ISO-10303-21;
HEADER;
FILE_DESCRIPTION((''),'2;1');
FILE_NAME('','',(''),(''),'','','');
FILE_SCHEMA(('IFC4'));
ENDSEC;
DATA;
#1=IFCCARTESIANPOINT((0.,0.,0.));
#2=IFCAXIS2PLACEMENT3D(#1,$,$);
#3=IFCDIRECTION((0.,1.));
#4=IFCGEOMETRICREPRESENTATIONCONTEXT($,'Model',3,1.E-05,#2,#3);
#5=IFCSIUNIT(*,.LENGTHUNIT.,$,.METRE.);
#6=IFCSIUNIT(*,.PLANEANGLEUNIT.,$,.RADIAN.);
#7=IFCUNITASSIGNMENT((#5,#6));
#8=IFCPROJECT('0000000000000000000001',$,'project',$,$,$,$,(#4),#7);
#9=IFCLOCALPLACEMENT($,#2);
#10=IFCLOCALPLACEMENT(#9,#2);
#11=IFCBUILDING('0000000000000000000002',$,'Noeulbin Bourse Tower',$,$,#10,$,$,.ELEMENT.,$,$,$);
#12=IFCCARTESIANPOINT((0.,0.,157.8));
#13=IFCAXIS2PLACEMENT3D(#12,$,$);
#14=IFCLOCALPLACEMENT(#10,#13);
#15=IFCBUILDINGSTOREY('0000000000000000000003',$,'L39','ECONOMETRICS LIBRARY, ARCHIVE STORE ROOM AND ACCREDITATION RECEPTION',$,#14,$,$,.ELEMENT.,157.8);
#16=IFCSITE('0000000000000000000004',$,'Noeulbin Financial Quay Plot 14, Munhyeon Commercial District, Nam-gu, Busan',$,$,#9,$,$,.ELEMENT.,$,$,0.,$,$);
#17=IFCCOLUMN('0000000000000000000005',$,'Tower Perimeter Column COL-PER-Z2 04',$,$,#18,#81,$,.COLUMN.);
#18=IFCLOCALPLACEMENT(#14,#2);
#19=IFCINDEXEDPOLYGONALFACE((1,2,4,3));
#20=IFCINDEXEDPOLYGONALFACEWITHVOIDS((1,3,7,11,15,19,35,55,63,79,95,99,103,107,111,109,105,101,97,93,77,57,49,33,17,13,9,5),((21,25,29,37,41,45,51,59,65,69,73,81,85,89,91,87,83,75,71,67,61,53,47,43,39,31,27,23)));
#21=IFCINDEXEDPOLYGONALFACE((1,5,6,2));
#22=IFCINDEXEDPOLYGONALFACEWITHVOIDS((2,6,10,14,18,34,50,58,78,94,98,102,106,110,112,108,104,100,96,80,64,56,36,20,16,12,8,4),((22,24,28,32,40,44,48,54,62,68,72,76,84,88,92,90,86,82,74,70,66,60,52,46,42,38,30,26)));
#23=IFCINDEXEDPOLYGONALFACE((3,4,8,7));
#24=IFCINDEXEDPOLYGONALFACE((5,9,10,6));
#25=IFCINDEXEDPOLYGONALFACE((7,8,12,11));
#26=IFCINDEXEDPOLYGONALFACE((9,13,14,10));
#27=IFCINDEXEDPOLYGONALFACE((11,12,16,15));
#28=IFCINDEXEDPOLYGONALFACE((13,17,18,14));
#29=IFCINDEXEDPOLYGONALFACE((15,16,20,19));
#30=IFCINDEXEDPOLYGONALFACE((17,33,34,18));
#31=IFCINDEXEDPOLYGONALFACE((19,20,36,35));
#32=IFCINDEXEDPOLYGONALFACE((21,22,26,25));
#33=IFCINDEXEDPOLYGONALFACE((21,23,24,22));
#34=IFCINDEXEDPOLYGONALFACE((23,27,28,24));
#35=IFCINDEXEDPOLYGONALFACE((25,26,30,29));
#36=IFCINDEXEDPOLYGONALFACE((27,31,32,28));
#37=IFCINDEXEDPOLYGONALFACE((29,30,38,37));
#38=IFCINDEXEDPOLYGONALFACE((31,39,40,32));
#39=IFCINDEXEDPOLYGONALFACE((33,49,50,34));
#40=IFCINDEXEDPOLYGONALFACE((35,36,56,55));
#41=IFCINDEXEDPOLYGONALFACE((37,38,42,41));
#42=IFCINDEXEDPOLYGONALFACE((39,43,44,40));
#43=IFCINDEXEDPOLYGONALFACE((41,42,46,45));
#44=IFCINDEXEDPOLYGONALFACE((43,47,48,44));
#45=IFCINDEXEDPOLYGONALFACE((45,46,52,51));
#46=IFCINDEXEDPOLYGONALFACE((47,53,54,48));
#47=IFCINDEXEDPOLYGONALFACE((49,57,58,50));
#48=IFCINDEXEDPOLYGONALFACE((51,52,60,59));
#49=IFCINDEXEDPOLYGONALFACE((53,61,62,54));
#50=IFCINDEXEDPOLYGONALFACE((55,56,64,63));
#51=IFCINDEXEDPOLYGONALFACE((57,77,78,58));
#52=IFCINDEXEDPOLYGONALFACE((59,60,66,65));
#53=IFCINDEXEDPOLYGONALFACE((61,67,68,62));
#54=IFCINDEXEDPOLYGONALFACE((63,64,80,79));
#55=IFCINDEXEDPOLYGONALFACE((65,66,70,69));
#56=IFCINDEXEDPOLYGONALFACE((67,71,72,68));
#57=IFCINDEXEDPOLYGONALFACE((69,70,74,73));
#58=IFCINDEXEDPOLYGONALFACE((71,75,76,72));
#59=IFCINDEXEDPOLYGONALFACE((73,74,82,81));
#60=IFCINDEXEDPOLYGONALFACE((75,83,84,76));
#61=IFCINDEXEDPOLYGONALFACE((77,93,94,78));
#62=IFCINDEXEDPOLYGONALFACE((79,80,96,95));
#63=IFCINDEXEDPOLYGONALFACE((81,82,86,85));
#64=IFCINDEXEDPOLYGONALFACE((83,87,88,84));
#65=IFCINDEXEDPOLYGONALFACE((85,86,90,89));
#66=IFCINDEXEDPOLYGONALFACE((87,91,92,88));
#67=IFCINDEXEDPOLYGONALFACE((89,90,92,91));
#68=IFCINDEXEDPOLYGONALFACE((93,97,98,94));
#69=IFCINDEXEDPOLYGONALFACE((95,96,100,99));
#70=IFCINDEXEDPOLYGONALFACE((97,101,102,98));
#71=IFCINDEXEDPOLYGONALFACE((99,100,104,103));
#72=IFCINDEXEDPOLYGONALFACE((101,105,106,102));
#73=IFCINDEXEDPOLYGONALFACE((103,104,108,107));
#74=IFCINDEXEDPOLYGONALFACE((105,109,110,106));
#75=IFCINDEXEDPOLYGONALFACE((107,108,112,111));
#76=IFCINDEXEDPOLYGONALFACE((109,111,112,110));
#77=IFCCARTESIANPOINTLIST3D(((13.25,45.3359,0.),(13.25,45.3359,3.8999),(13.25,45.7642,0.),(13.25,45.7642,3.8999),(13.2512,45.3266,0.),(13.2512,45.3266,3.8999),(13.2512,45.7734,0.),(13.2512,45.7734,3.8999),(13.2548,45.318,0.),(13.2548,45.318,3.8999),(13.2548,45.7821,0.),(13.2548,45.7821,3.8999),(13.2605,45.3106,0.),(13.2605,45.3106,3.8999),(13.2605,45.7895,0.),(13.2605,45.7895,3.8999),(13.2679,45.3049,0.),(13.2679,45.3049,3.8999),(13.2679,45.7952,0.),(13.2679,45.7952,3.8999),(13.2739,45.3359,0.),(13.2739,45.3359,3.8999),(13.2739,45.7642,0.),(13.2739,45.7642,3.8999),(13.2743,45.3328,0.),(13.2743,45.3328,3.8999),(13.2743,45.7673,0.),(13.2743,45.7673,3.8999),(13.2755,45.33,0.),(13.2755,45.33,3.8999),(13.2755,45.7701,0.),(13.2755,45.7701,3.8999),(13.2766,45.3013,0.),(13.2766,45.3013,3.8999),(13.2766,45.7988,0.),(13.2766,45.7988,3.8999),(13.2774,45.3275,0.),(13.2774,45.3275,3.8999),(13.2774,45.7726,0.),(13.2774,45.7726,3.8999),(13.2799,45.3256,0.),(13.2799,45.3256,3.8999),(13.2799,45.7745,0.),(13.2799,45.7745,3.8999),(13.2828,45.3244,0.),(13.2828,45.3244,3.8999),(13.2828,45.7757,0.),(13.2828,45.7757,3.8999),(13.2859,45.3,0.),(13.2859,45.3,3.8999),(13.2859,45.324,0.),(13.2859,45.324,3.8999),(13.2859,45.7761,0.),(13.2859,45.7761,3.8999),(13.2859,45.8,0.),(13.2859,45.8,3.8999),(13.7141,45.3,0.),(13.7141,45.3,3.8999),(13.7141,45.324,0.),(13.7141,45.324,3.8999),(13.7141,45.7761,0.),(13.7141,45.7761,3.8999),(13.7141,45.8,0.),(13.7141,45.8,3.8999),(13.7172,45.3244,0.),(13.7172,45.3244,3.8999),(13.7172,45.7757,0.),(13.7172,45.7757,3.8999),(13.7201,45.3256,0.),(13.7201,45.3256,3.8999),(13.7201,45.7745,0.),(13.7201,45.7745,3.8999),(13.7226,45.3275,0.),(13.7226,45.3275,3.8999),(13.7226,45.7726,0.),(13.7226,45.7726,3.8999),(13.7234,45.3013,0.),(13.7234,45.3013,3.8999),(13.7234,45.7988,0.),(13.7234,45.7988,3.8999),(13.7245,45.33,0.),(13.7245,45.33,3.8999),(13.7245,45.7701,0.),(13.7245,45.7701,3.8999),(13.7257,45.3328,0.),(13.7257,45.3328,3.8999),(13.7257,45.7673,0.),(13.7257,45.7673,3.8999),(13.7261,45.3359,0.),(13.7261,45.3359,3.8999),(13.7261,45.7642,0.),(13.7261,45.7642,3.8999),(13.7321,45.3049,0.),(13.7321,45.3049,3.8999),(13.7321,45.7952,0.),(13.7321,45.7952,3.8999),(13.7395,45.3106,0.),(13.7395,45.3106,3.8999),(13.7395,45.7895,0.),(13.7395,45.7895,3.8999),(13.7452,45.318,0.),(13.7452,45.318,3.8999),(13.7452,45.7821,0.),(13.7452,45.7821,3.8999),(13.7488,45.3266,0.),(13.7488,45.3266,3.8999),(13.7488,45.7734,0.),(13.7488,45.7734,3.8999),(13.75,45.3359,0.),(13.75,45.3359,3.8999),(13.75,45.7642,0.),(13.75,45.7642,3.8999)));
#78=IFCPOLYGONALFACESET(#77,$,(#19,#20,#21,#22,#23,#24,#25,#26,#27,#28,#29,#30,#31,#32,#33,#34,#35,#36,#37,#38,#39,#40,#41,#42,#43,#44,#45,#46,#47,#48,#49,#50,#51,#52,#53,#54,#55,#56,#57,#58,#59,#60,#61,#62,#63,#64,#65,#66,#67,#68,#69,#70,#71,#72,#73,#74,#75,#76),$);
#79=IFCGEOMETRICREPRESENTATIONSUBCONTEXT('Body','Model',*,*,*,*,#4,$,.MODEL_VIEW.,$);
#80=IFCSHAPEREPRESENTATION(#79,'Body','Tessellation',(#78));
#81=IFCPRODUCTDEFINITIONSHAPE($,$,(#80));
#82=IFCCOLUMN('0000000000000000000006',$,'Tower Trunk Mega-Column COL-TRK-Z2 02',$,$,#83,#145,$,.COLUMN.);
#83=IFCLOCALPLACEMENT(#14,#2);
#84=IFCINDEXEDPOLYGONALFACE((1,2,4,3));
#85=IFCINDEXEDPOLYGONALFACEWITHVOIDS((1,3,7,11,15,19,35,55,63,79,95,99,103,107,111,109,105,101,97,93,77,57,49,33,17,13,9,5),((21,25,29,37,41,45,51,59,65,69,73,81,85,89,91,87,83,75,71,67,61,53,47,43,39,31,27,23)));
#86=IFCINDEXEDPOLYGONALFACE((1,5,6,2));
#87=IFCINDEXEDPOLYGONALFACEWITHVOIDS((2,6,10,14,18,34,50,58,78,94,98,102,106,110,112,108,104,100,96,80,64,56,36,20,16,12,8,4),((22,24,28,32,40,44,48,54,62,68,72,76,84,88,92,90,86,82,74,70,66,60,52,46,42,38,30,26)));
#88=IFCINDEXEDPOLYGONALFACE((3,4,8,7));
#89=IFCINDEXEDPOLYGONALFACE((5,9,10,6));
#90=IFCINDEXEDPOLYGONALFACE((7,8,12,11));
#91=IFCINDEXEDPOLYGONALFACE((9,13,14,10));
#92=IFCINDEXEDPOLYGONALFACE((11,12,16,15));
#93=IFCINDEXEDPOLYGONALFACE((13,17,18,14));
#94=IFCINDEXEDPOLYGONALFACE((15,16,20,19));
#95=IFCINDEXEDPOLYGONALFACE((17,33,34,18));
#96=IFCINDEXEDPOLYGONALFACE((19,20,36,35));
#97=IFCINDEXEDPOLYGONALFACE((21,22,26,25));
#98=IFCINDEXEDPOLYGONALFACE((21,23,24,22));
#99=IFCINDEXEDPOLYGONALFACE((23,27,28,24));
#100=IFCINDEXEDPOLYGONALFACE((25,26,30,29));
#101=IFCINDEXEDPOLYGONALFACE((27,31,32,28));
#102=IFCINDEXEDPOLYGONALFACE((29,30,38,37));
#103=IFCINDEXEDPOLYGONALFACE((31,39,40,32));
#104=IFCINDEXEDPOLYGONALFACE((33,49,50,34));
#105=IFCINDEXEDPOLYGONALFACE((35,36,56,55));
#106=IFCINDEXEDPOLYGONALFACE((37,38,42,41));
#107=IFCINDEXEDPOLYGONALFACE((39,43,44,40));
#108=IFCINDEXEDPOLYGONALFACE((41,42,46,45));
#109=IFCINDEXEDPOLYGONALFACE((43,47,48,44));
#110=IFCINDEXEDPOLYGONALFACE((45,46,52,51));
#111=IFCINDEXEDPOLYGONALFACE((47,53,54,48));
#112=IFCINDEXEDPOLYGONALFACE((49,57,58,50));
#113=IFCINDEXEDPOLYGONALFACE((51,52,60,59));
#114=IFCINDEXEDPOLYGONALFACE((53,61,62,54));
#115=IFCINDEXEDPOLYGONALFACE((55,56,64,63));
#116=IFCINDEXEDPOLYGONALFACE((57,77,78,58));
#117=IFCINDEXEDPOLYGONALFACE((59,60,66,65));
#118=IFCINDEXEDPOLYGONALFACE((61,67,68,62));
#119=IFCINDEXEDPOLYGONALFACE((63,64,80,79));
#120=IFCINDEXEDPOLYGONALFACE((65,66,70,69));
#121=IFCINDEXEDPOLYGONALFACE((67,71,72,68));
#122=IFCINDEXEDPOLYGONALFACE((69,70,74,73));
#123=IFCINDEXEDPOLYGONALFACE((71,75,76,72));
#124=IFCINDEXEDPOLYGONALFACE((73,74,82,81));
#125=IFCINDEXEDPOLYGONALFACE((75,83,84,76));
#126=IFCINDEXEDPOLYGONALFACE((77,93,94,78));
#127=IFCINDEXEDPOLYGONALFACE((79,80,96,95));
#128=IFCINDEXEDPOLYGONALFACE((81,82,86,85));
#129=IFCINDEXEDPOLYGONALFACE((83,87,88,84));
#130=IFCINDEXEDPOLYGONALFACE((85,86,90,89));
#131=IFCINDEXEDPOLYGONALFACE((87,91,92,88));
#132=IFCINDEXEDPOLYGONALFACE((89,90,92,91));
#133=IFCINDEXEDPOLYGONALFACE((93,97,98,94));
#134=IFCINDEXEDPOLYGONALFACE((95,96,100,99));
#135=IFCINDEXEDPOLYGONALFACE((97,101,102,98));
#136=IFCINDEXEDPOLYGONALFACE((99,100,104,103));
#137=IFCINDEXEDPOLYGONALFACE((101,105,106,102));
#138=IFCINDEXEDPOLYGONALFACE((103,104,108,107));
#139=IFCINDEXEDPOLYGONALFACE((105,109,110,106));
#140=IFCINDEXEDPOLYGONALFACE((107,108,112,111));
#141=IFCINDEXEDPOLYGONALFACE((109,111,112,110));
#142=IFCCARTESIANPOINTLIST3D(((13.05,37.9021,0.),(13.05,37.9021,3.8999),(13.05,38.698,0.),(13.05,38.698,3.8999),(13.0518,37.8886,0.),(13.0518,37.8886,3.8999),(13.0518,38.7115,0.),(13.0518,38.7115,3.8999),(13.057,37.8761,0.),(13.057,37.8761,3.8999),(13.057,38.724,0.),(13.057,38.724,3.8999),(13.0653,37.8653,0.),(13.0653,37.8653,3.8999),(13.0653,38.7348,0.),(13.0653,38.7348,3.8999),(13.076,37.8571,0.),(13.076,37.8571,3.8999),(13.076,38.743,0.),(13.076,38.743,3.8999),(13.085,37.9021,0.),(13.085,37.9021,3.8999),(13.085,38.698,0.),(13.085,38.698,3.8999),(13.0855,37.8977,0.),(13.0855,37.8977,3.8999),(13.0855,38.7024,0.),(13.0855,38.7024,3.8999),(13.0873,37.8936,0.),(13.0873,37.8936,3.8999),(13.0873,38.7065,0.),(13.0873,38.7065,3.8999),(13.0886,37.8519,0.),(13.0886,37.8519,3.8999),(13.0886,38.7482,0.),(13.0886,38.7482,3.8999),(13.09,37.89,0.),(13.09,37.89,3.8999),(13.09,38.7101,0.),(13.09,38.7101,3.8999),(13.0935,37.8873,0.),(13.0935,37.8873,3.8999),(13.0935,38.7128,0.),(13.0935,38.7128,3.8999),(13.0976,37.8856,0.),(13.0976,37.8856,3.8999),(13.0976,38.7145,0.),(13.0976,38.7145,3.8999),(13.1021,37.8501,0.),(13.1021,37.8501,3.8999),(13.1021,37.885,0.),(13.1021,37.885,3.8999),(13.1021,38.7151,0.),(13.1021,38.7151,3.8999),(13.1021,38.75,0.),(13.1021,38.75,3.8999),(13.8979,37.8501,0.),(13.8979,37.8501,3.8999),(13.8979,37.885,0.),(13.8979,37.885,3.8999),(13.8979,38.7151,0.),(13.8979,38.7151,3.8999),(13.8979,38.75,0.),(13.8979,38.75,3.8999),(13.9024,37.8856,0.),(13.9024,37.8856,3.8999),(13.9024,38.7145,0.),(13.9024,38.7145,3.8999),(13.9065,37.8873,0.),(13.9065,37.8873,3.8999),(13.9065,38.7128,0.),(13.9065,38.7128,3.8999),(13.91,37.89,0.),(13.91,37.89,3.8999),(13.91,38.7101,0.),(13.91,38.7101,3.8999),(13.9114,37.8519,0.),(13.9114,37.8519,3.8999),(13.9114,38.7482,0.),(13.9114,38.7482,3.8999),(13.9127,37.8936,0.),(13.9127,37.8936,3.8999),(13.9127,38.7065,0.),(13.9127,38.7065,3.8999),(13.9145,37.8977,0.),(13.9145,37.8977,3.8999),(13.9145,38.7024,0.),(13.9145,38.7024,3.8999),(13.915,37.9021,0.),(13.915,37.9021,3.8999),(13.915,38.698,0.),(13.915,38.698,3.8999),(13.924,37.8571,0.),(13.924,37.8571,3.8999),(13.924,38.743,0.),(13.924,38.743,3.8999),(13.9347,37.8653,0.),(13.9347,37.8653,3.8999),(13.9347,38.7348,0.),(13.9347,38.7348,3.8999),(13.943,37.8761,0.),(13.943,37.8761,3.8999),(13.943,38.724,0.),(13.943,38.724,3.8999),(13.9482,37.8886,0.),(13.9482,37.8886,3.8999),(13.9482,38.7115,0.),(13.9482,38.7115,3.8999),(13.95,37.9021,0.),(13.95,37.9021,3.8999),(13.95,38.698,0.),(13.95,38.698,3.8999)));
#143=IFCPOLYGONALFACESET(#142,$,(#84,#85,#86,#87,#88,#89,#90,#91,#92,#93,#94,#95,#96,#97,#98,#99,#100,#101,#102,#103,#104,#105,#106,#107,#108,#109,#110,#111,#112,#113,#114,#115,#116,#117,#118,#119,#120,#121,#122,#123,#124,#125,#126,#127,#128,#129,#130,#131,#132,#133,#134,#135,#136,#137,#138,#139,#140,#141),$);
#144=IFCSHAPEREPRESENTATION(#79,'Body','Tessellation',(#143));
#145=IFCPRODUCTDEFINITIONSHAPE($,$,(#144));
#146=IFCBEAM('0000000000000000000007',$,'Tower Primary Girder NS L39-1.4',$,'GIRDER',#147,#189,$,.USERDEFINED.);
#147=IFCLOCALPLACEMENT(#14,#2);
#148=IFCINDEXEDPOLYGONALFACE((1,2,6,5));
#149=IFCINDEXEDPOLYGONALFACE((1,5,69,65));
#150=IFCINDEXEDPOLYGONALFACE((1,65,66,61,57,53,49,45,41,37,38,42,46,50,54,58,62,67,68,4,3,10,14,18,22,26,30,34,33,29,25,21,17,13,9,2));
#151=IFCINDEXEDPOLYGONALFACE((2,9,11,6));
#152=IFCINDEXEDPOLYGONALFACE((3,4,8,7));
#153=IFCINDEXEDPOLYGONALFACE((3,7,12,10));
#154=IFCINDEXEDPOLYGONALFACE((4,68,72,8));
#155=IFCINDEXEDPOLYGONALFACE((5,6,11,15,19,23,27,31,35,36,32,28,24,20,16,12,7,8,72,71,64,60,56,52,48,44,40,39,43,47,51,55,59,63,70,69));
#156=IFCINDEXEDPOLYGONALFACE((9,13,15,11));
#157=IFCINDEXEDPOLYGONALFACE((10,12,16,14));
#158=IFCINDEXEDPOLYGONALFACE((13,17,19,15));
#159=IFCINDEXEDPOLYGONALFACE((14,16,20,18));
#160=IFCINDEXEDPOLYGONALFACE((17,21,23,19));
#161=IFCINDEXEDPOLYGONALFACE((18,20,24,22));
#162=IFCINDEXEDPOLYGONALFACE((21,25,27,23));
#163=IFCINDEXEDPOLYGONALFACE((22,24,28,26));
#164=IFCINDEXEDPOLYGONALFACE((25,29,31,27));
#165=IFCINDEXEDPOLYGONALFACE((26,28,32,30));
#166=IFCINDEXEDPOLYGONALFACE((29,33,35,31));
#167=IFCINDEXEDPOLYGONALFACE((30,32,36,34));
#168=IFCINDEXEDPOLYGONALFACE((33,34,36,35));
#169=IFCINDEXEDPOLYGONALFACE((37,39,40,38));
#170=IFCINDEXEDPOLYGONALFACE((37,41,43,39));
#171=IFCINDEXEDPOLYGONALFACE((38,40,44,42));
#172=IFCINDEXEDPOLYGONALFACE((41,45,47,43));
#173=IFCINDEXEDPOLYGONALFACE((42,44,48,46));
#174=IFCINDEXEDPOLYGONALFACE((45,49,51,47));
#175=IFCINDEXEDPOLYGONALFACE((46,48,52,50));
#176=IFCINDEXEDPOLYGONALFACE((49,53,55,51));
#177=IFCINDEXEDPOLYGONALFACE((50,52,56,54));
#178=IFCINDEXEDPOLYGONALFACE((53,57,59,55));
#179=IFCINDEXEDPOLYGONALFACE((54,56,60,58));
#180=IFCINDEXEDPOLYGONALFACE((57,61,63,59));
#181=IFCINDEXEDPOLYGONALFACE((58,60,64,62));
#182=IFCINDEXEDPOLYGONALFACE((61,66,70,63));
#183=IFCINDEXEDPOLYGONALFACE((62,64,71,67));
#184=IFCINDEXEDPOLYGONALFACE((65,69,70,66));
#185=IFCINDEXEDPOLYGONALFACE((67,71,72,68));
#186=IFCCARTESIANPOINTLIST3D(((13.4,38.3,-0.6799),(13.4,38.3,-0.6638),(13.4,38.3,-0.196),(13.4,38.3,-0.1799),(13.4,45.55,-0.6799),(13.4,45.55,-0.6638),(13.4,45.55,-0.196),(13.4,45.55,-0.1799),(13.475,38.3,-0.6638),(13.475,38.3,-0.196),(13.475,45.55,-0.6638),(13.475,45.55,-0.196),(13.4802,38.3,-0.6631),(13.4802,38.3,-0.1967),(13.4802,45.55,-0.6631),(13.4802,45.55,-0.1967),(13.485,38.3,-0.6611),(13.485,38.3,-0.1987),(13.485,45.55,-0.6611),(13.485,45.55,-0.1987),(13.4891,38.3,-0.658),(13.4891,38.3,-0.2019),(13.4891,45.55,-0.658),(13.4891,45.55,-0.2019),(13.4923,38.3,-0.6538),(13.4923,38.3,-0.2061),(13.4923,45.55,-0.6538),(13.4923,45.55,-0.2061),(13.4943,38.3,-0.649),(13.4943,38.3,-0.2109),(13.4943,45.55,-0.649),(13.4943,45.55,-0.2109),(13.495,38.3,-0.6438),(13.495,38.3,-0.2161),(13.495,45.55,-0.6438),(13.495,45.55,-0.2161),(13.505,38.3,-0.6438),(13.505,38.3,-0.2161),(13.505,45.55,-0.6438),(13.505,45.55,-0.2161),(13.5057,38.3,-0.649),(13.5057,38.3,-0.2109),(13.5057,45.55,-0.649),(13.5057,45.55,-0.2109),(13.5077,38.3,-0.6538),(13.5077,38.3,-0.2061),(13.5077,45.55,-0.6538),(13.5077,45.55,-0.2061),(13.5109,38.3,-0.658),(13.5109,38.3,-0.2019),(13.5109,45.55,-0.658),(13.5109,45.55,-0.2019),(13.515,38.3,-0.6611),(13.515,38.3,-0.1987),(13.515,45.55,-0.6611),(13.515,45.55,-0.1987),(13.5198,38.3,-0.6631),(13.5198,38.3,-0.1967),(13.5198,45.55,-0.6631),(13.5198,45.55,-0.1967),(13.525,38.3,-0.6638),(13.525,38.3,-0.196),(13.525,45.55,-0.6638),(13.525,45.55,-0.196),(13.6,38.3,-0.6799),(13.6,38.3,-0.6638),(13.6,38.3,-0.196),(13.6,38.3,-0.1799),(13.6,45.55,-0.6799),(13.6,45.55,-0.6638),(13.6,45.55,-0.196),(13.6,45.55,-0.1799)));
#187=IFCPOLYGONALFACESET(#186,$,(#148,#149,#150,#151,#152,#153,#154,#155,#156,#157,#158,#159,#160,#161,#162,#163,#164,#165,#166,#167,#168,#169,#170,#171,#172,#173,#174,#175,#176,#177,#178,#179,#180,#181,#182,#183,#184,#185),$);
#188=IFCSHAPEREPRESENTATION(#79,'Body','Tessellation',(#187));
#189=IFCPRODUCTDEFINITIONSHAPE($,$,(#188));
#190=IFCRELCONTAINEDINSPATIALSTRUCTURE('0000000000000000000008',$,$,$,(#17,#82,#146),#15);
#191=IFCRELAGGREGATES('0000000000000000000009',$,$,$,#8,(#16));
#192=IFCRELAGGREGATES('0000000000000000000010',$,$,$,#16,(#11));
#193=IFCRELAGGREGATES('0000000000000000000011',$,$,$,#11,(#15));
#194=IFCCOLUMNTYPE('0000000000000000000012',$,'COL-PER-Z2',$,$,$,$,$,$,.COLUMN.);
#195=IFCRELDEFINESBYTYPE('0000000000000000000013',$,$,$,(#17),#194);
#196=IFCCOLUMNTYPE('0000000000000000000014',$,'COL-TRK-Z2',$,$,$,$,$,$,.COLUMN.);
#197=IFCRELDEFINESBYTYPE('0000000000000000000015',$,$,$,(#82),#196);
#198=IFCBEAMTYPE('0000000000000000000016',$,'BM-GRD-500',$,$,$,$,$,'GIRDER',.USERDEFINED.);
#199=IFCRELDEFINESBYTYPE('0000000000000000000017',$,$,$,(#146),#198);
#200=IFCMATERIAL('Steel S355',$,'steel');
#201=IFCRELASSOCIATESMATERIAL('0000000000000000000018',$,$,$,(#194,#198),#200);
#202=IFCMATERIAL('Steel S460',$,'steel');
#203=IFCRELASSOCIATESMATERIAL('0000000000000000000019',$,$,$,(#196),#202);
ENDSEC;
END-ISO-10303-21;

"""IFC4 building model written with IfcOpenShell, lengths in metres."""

from ifc_helpers import new_model, si_unit, direction, frame, origin, origin_2d, place, context, subcontext, project, spatial, hollow_rectangle, i_section, extrude, material, material_profile, profile_set, type_object, element, save


model = new_model("IFC4")

# Units and contexts
model_context = context("Model", 3, precision=1e-05, world=origin(), true_north=direction((0.0, 1.0)))
body_context = subcontext(model_context, "Body", "Model", "MODEL_VIEW")
ifc_project = project(units=[si_unit("LENGTHUNIT", "METRE"), si_unit("PLANEANGLEUNIT", "RADIAN")], contexts=[model_context])

# Site, building, storey
site_placement = place(None, origin())
site = spatial("IfcSite", under=ifc_project, at=site_placement, Name="Noeulbin Financial Quay Plot 14, Munhyeon Commercial District, Nam-gu, Busan", CompositionType="ELEMENT", RefElevation=0.0)
building_placement = place(site_placement, origin())
building = spatial("IfcBuilding", under=site, at=building_placement, Name="Noeulbin Bourse Tower", CompositionType="ELEMENT")
storey_placement = place(building_placement, frame((0.0, 0.0, 157.8)))
storey = spatial("IfcBuildingStorey", under=building, at=storey_placement, Name="L39", Description="ECONOMETRICS LIBRARY, ARCHIVE STORE ROOM AND ACCREDITATION RECEPTION", CompositionType="ELEMENT", Elevation=157.8)

# Columns
ifc_material_1 = material(Name="Steel S355", Category="steel")
ifc_material_profile_1 = material_profile(ifc_material_1, hollow_rectangle(XDim=0.5, YDim=0.5, WallThickness=0.0239, InnerFilletRadius=0.012, OuterFilletRadius=0.0359, at=origin_2d()), Name="BOX-500x500x24", Category="LoadBearing")
ifc_profile_set_1 = profile_set([ifc_material_profile_1], Name="Steel S355")
column_type_1 = type_object("IfcColumnType", Name="COL-PER-Z2", PredefinedType="COLUMN", material=ifc_profile_set_1)
column_1_placement = place(storey_placement, frame((13.5, 45.55, 0.0), z_axis=(0.0, 0.0, 1.0), x_axis=(1.0, 0.0, 0.0)))
element("IfcColumn", 1, at=column_1_placement, inside=storey, type_object=column_type_1, Name="Tower Perimeter Column COL-PER-Z2 04", PredefinedType="COLUMN", context=body_context, shape_type="SweptSolid", body=[
    extrude(hollow_rectangle(XDim=0.5, YDim=0.5, WallThickness=0.0239, InnerFilletRadius=0.012, OuterFilletRadius=0.0359, at=origin_2d()), origin(), (0.0, 0.0, 1.0), 3.8999),
])
ifc_material_2 = material(Name="Steel S460", Category="steel")
ifc_material_profile_2 = material_profile(ifc_material_2, hollow_rectangle(XDim=0.8999, YDim=0.8999, WallThickness=0.0349, InnerFilletRadius=0.0171, OuterFilletRadius=0.052, at=origin_2d()), Name="BOX-900x900x35", Category="LoadBearing")
ifc_profile_set_2 = profile_set([ifc_material_profile_2], Name="Steel S460")
column_type_2 = type_object("IfcColumnType", Name="COL-TRK-Z2", PredefinedType="COLUMN", material=ifc_profile_set_2)
column_2_placement = place(storey_placement, frame((13.5, 38.3, 0.0), z_axis=(0.0, 0.0, 1.0), x_axis=(1.0, 0.0, 0.0)))
element("IfcColumn", 2, at=column_2_placement, inside=storey, type_object=column_type_2, Name="Tower Trunk Mega-Column COL-TRK-Z2 02", PredefinedType="COLUMN", context=body_context, shape_type="SweptSolid", body=[
    extrude(hollow_rectangle(XDim=0.8999, YDim=0.8999, WallThickness=0.0349, InnerFilletRadius=0.0171, OuterFilletRadius=0.052, at=origin_2d()), origin(), (0.0, 0.0, 1.0), 3.8999),
])

# Beam
ifc_material_profile_3 = material_profile(ifc_material_1, i_section(OverallWidth=0.2, OverallDepth=0.5, WebThickness=0.01, FlangeThickness=0.0161, FilletRadius=0.02, at=origin_2d()), Name="H-500x200x10x16", Category="LoadBearing")
ifc_profile_set_3 = profile_set([ifc_material_profile_3], Name="Steel S355")
beam_type_1 = type_object("IfcBeamType", Name="BM-GRD-500", ElementType="GIRDER", PredefinedType="USERDEFINED", material=ifc_profile_set_3)
beam_1_placement = place(storey_placement, frame((13.5, 38.3, -0.4299), z_axis=(0.0, 1.0, 0.0), x_axis=(-1.0, 0.0, 0.0)))
element("IfcBeam", 3, at=beam_1_placement, inside=storey, type_object=beam_type_1, Name="Tower Primary Girder NS L39-1.4", ObjectType="GIRDER", PredefinedType="USERDEFINED", context=body_context, shape_type="SweptSolid", body=[
    extrude(i_section(OverallWidth=0.2, OverallDepth=0.5, WebThickness=0.01, FlangeThickness=0.0161, FilletRadius=0.02, at=origin_2d()), origin(), (0.0, 0.0, 1.0), 7.25),
])

save(model, "model.ifc")
